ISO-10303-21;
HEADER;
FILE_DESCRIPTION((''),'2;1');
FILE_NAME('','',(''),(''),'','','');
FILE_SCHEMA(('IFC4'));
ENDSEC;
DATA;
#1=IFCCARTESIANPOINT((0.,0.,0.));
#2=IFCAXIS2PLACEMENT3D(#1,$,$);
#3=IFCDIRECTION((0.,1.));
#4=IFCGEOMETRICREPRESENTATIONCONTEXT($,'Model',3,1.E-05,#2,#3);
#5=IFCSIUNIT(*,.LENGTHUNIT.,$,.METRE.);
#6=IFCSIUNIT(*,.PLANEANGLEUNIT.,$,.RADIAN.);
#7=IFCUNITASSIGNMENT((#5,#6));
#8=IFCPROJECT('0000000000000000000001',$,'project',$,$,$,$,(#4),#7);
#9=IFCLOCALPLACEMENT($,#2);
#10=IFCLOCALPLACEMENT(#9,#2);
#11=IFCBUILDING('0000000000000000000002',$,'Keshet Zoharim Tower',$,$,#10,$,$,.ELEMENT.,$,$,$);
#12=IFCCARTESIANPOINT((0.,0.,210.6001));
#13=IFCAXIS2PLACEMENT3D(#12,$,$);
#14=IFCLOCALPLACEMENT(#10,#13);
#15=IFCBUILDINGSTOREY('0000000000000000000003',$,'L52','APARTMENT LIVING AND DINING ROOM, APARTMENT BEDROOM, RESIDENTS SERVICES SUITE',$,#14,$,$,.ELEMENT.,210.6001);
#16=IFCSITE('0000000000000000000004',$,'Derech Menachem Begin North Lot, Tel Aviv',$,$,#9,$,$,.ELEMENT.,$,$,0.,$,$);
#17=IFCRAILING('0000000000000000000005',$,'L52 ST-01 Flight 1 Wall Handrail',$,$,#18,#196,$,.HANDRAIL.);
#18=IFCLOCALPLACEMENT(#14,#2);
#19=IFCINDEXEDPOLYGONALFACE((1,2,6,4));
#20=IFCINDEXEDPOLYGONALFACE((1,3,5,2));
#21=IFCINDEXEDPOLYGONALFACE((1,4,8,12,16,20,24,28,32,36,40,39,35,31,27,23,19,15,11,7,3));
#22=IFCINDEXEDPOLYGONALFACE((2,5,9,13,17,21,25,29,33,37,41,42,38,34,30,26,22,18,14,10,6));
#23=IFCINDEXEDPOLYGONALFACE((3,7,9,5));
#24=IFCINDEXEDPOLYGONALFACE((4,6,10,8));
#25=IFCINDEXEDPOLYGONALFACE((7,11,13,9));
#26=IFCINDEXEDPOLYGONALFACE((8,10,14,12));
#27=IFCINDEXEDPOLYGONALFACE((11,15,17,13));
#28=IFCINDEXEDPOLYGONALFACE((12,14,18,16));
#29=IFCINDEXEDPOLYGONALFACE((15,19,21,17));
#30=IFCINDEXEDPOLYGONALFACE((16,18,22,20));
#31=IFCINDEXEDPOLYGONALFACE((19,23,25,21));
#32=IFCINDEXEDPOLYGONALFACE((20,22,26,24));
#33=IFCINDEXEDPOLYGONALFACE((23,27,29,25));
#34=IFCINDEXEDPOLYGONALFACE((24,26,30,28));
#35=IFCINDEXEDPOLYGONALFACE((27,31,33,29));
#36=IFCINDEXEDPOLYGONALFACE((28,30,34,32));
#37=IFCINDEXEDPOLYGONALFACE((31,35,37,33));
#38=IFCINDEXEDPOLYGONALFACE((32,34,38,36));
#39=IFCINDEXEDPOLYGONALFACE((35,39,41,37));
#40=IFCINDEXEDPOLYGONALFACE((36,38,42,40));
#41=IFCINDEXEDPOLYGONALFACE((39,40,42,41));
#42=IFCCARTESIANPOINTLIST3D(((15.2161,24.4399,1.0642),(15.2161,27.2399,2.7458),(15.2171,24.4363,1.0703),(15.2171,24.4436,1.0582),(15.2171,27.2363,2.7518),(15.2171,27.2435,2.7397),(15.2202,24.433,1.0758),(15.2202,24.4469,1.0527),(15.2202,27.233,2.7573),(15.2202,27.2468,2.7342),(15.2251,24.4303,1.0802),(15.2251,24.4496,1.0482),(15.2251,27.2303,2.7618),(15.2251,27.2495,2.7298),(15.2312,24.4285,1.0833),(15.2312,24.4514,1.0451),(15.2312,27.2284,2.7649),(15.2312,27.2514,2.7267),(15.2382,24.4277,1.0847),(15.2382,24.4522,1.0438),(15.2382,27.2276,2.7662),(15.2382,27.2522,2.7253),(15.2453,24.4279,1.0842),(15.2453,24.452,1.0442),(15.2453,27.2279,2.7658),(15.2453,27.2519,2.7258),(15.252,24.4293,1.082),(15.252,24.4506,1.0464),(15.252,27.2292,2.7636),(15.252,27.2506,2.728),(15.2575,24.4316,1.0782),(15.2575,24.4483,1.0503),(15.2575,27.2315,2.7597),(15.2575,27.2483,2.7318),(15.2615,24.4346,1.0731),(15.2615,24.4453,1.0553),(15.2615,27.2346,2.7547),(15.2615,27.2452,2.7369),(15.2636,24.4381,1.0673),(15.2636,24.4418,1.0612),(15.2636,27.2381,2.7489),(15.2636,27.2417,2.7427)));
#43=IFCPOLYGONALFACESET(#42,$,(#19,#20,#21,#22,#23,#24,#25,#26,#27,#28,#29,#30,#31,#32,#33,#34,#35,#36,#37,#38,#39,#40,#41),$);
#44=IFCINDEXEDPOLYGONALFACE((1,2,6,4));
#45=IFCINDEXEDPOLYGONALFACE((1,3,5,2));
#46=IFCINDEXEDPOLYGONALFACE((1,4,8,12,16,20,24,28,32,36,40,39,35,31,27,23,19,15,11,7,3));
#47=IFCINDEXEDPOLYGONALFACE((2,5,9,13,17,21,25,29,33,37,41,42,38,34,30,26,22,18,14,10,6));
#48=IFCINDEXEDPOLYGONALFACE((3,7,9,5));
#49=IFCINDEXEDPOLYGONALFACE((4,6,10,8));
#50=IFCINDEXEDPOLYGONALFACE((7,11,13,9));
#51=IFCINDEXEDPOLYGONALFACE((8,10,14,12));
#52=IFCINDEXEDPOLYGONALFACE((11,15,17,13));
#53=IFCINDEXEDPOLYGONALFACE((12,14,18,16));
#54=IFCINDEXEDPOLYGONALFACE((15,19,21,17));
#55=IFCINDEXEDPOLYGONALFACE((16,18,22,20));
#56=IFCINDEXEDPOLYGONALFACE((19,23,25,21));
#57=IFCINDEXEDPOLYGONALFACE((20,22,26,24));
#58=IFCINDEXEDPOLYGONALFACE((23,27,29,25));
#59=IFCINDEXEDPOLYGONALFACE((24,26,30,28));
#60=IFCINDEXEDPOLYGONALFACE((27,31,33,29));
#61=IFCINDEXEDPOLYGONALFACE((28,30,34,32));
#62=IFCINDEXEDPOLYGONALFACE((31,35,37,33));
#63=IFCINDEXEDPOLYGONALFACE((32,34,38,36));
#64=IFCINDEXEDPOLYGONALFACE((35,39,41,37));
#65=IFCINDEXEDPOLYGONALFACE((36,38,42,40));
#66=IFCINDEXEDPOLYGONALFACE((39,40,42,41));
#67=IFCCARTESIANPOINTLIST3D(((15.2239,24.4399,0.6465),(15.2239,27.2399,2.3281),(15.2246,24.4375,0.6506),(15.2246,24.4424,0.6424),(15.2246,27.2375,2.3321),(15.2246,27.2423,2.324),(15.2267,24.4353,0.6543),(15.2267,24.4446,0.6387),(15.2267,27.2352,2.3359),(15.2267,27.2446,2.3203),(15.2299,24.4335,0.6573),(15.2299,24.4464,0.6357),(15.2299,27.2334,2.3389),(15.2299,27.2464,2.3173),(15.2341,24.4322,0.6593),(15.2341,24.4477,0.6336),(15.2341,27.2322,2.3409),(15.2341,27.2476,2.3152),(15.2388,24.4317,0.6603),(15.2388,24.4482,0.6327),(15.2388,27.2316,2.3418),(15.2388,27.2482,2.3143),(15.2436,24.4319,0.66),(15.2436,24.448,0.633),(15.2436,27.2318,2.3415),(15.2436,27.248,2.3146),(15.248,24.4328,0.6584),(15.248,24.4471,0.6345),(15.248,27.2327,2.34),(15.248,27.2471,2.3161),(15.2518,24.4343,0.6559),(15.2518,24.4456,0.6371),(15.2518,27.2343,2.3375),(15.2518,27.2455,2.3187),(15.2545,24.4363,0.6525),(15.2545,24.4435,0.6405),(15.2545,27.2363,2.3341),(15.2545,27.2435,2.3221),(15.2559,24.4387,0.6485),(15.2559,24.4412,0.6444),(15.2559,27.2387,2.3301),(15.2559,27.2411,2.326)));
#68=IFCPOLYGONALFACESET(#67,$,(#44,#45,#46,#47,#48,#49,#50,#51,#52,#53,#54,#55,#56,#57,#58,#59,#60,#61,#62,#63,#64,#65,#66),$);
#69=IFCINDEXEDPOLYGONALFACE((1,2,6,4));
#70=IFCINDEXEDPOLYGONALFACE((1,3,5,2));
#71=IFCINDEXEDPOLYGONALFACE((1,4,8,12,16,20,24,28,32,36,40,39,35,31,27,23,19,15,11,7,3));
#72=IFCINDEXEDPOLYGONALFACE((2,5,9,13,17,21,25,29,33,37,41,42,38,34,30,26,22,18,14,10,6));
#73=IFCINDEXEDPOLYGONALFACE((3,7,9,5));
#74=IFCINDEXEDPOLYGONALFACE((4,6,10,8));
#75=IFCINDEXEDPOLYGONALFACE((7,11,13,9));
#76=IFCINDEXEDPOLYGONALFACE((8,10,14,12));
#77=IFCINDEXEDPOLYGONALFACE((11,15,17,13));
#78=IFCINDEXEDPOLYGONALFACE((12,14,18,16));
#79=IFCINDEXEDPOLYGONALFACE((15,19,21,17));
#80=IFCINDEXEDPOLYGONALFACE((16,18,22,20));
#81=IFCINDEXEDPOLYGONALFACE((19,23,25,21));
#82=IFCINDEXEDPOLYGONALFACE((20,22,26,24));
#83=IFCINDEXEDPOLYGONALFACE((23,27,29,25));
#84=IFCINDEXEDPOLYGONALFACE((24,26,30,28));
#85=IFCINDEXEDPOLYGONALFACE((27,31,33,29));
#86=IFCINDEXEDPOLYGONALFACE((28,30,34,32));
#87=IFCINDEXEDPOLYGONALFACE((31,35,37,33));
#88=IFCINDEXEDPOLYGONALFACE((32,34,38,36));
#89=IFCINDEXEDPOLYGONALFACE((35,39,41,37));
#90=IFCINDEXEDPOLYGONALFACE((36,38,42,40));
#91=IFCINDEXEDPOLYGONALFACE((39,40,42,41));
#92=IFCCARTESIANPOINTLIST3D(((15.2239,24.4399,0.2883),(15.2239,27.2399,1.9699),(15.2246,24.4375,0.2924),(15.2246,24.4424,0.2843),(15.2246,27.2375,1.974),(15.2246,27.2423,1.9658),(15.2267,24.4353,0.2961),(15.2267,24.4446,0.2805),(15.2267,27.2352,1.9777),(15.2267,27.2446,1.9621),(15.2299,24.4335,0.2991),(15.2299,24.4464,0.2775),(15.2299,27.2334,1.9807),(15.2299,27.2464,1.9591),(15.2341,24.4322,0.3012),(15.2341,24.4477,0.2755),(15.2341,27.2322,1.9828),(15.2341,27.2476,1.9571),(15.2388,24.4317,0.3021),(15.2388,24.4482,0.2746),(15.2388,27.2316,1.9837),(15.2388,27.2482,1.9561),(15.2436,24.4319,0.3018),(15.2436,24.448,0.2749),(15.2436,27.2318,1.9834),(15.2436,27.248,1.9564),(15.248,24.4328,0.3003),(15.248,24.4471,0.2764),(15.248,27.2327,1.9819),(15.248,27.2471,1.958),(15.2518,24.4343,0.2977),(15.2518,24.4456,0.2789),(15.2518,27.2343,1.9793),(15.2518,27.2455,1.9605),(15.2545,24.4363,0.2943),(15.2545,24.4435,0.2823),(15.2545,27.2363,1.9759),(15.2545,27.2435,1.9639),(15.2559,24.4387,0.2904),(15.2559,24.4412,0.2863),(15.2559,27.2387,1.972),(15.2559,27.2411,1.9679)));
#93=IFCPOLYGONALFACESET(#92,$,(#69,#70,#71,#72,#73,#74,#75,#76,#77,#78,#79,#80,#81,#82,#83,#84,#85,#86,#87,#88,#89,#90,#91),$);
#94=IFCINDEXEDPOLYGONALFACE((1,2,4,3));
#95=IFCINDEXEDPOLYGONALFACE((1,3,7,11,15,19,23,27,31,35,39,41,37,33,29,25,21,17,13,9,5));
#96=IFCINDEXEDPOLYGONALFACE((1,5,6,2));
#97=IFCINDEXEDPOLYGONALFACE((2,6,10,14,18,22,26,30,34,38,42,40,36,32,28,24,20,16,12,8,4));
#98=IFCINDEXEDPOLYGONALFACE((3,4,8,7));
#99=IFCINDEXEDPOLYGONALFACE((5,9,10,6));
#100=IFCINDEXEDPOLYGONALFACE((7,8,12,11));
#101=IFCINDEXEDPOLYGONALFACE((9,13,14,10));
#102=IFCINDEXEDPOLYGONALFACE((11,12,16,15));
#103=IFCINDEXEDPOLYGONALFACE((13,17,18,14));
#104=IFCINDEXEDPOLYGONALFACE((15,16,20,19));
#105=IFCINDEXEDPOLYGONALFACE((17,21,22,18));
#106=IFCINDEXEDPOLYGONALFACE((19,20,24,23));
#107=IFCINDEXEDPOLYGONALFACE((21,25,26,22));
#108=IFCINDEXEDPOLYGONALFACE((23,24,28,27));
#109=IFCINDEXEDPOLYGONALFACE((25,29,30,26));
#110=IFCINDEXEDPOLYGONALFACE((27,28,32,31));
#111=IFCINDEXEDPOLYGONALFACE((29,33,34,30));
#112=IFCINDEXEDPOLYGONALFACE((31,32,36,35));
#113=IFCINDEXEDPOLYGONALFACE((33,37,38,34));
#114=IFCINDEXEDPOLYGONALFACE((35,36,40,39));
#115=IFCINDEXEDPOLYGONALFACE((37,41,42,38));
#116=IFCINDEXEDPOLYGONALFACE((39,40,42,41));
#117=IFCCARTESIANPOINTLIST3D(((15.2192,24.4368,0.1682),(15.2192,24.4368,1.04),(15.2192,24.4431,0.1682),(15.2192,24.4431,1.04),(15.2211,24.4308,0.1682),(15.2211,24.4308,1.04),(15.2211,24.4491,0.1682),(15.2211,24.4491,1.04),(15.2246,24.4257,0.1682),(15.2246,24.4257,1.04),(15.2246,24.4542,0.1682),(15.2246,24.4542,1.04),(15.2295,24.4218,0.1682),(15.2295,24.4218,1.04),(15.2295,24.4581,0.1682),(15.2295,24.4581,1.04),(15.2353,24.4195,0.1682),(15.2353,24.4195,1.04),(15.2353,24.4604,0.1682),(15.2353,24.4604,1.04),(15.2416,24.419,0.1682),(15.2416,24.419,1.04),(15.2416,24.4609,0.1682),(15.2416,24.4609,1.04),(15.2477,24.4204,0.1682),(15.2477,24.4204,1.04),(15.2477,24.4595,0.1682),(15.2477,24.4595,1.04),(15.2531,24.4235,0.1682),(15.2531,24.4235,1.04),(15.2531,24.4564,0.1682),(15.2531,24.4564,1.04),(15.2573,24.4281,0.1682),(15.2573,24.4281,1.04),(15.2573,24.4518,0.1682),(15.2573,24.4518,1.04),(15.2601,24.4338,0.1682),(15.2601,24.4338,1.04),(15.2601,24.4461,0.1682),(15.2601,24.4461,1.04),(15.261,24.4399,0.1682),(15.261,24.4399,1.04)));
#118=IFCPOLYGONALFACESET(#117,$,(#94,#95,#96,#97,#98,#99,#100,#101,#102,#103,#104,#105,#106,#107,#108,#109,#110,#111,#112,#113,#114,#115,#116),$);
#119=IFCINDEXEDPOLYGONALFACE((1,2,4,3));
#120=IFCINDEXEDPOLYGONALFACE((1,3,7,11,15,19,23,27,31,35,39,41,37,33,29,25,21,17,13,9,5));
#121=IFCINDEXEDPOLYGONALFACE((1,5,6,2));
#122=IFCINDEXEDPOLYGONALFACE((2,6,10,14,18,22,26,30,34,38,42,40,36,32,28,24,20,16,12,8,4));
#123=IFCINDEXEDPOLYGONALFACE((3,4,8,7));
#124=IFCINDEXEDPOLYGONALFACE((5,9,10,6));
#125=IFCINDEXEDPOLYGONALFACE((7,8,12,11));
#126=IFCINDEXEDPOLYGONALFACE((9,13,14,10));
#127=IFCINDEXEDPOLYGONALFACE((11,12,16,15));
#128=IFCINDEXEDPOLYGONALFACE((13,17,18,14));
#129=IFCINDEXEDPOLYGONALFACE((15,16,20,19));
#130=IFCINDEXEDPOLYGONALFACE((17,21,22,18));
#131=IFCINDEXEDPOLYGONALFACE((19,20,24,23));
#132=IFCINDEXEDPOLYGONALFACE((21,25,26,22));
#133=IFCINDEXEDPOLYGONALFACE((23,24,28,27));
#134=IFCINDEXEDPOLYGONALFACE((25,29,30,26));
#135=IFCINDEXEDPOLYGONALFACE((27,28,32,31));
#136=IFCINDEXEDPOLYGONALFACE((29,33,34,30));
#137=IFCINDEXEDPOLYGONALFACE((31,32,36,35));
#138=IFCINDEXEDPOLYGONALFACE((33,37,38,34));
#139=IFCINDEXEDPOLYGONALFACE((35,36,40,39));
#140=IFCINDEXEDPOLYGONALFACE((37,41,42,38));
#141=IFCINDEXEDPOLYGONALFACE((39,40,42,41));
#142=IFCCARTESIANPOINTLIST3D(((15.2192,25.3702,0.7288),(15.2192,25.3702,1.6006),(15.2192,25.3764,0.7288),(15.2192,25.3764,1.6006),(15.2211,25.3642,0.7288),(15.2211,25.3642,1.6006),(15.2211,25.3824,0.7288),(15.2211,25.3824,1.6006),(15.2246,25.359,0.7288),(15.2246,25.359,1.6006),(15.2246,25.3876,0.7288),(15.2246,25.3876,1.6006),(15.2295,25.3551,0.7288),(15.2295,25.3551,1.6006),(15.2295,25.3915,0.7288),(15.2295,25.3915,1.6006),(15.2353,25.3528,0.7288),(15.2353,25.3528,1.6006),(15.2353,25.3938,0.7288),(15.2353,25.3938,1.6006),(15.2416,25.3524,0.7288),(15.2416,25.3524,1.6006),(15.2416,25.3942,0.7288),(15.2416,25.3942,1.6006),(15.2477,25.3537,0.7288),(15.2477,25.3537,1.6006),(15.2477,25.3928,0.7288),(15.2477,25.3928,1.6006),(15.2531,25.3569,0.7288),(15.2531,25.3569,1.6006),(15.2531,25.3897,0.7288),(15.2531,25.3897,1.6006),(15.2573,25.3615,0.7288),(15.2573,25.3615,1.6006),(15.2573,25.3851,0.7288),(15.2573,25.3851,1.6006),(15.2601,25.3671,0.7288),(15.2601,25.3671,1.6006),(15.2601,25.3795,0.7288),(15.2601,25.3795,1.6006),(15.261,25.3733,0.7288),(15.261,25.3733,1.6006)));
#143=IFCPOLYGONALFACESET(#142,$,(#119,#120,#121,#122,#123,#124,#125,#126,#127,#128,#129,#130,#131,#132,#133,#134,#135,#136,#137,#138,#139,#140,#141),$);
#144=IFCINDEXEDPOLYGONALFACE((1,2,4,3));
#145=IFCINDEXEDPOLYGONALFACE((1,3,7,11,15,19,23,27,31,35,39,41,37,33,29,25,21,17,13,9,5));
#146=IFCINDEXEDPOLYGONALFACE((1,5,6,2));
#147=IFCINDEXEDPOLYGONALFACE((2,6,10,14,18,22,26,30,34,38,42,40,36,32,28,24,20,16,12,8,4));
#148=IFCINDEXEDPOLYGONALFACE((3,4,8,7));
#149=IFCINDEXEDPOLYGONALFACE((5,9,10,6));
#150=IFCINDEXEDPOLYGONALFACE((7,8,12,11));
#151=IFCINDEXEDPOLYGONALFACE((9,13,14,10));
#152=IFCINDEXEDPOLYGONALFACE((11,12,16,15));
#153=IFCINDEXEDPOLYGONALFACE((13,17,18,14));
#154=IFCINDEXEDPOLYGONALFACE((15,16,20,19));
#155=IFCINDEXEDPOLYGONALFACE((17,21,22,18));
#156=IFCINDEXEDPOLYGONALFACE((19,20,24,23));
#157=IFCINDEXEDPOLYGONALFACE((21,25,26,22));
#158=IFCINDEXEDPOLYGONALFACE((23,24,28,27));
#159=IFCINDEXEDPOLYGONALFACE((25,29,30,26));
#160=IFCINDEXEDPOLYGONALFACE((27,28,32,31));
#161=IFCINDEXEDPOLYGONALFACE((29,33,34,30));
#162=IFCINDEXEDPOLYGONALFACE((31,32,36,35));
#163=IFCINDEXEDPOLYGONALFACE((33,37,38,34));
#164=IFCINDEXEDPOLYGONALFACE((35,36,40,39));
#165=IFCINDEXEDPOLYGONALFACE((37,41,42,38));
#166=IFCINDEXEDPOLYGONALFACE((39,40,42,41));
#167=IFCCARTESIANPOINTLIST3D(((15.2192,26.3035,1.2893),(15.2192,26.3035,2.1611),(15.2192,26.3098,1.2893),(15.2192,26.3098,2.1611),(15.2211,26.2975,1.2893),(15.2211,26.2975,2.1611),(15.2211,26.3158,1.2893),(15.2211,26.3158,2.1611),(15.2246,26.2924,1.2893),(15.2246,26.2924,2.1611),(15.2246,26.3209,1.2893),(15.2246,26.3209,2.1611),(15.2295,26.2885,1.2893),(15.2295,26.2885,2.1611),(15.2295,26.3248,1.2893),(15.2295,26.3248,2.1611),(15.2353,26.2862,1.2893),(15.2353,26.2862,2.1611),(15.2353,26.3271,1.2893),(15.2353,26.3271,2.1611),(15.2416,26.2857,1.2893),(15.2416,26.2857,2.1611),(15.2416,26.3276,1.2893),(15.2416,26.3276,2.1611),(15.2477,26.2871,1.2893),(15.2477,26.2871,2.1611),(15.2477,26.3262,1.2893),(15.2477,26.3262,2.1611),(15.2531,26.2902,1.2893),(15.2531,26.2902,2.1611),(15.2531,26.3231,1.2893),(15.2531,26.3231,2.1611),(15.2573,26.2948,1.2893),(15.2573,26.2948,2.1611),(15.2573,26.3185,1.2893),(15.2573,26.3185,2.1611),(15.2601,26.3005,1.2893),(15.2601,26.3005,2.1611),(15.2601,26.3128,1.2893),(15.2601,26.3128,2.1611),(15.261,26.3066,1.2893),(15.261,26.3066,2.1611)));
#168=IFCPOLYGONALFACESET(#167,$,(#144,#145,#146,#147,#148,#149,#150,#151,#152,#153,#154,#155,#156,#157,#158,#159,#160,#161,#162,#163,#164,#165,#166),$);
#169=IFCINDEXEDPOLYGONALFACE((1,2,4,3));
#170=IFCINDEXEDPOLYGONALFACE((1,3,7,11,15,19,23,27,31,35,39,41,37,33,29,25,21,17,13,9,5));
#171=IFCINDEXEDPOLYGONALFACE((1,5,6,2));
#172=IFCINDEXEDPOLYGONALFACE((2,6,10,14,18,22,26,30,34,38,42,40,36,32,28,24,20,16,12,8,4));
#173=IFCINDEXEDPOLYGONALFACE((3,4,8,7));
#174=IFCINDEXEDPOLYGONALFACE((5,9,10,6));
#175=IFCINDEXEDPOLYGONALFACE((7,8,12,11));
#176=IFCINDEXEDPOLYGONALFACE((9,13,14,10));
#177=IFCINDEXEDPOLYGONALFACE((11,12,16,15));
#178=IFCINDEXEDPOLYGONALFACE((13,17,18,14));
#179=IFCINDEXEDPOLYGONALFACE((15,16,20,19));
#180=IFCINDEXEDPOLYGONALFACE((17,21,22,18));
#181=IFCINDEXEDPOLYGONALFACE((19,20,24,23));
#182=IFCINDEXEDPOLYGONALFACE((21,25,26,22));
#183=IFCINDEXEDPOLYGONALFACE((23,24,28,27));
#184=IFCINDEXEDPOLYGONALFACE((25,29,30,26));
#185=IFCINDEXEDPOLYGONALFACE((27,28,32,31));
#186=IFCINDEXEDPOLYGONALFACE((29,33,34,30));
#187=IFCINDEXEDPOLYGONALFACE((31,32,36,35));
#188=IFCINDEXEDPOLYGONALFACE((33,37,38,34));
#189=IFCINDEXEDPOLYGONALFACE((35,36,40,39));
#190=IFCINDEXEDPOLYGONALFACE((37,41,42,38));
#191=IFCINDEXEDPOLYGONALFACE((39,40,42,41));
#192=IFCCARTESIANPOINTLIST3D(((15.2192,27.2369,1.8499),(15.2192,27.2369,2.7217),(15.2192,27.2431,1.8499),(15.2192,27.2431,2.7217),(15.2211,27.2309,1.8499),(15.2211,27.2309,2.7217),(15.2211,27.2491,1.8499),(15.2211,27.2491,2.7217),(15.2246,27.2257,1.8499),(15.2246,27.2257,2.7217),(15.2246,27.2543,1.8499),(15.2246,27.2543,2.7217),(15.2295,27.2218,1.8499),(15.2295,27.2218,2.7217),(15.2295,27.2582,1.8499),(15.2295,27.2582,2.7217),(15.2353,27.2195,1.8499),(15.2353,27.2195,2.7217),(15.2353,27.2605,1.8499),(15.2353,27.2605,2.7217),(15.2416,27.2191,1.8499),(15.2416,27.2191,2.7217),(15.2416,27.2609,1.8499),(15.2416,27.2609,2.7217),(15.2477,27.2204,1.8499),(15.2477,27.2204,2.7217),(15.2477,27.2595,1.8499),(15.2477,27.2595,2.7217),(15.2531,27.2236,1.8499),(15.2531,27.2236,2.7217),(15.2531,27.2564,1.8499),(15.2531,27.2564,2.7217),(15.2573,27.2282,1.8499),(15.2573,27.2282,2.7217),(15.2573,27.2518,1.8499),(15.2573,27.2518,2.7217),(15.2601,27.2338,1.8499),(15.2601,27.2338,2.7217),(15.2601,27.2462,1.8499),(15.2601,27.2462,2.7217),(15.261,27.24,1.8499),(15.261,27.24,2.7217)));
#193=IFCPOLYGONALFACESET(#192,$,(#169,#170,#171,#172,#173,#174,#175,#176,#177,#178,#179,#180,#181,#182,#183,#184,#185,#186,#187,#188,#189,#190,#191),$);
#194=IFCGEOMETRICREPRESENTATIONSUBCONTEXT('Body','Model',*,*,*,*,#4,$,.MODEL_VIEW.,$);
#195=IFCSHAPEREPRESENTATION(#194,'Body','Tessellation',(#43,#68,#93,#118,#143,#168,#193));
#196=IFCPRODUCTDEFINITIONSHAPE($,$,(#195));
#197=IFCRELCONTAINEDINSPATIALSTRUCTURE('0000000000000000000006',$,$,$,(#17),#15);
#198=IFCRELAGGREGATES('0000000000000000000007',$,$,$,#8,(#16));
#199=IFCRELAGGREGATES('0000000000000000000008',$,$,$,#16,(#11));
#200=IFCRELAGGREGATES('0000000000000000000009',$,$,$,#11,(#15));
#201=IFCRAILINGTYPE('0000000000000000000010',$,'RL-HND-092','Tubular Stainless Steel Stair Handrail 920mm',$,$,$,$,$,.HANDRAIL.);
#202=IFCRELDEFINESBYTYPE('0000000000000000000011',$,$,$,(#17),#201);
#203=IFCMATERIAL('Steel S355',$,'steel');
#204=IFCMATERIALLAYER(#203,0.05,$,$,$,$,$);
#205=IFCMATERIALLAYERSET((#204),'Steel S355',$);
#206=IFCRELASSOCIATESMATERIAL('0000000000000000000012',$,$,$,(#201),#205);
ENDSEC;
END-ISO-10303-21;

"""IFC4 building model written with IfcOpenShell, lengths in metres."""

from ifc_helpers import new_model, si_unit, direction, frame, origin, origin_2d, place, context, subcontext, project, spatial, circle, extrude, material, layer, layer_set, type_object, element, save


model = new_model("IFC4")

# Units and contexts
model_context = context("Model", 3, precision=1e-05, world=origin(), true_north=direction((0.0, 1.0)))
body_context = subcontext(model_context, "Body", "Model", "MODEL_VIEW")
ifc_project = project(units=[si_unit("LENGTHUNIT", "METRE"), si_unit("PLANEANGLEUNIT", "RADIAN")], contexts=[model_context])

# Site, building, storey
site_placement = place(None, origin())
site = spatial("IfcSite", under=ifc_project, at=site_placement, Name="Derech Menachem Begin North Lot, Tel Aviv", CompositionType="ELEMENT", RefElevation=0.0)
building_placement = place(site_placement, origin())
building = spatial("IfcBuilding", under=site, at=building_placement, Name="Keshet Zoharim Tower", CompositionType="ELEMENT")
storey_placement = place(building_placement, frame((0.0, 0.0, 210.6001)))
storey = spatial("IfcBuildingStorey", under=building, at=storey_placement, Name="L52", Description="APARTMENT LIVING AND DINING ROOM, APARTMENT BEDROOM, RESIDENTS SERVICES SUITE", CompositionType="ELEMENT", Elevation=210.6001)

# Shared definitions
ifc_material_1 = material(Name="Steel S355", Category="steel")

# Railing
ifc_layer_1 = layer(ifc_material_1, 0.05)
ifc_layer_set_1 = layer_set([ifc_layer_1], Name="Steel S355")
railing_type = type_object("IfcRailingType", Name="RL-HND-092", Description="Tubular Stainless Steel Stair Handrail 920mm", PredefinedType="HANDRAIL", material=ifc_layer_set_1)
railing_placement = place(storey_placement, frame((15.24, 24.4399, 0.1682)))
element("IfcRailing", 1, at=railing_placement, inside=storey, type_object=railing_type, Name="L52 ST-01 Flight 1 Wall Handrail", PredefinedType="HANDRAIL", context=body_context, shape_type="SweptSolid", body=[
    extrude(circle(Radius=0.0239, at=origin_2d()), frame((0.0, 0.0, 0.896), z_axis=(0.0, 0.857275, 0.514858), x_axis=(-1.0, 0.0, 0.0)), (0.0, 0.0, 1.0), 3.2661),
    extrude(circle(Radius=0.0161, at=origin_2d()), frame((0.0, 0.0, 0.4783), z_axis=(0.0, 0.857275, 0.514858), x_axis=(-1.0, 0.0, 0.0)), (0.0, 0.0, 1.0), 3.2661),
    extrude(circle(Radius=0.0161, at=origin_2d()), frame((0.0, 0.0, 0.1201), z_axis=(0.0, 0.857275, 0.514858), x_axis=(-1.0, 0.0, 0.0)), (0.0, 0.0, 1.0), 3.2661),
    extrude(circle(Radius=0.021, at=origin_2d()), origin(), (0.0, 0.0, 1.0), 0.8718),
    extrude(circle(Radius=0.021, at=origin_2d()), frame((0.0, 0.9333, 0.5605)), (0.0, 0.0, 1.0), 0.8718),
    extrude(circle(Radius=0.021, at=origin_2d()), frame((0.0, 1.8667, 1.1211)), (0.0, 0.0, 1.0), 0.8718),
    extrude(circle(Radius=0.021, at=origin_2d()), frame((0.0, 2.8, 1.6816)), (0.0, 0.0, 1.0), 0.8718),
])

save(model, "model.ifc")
